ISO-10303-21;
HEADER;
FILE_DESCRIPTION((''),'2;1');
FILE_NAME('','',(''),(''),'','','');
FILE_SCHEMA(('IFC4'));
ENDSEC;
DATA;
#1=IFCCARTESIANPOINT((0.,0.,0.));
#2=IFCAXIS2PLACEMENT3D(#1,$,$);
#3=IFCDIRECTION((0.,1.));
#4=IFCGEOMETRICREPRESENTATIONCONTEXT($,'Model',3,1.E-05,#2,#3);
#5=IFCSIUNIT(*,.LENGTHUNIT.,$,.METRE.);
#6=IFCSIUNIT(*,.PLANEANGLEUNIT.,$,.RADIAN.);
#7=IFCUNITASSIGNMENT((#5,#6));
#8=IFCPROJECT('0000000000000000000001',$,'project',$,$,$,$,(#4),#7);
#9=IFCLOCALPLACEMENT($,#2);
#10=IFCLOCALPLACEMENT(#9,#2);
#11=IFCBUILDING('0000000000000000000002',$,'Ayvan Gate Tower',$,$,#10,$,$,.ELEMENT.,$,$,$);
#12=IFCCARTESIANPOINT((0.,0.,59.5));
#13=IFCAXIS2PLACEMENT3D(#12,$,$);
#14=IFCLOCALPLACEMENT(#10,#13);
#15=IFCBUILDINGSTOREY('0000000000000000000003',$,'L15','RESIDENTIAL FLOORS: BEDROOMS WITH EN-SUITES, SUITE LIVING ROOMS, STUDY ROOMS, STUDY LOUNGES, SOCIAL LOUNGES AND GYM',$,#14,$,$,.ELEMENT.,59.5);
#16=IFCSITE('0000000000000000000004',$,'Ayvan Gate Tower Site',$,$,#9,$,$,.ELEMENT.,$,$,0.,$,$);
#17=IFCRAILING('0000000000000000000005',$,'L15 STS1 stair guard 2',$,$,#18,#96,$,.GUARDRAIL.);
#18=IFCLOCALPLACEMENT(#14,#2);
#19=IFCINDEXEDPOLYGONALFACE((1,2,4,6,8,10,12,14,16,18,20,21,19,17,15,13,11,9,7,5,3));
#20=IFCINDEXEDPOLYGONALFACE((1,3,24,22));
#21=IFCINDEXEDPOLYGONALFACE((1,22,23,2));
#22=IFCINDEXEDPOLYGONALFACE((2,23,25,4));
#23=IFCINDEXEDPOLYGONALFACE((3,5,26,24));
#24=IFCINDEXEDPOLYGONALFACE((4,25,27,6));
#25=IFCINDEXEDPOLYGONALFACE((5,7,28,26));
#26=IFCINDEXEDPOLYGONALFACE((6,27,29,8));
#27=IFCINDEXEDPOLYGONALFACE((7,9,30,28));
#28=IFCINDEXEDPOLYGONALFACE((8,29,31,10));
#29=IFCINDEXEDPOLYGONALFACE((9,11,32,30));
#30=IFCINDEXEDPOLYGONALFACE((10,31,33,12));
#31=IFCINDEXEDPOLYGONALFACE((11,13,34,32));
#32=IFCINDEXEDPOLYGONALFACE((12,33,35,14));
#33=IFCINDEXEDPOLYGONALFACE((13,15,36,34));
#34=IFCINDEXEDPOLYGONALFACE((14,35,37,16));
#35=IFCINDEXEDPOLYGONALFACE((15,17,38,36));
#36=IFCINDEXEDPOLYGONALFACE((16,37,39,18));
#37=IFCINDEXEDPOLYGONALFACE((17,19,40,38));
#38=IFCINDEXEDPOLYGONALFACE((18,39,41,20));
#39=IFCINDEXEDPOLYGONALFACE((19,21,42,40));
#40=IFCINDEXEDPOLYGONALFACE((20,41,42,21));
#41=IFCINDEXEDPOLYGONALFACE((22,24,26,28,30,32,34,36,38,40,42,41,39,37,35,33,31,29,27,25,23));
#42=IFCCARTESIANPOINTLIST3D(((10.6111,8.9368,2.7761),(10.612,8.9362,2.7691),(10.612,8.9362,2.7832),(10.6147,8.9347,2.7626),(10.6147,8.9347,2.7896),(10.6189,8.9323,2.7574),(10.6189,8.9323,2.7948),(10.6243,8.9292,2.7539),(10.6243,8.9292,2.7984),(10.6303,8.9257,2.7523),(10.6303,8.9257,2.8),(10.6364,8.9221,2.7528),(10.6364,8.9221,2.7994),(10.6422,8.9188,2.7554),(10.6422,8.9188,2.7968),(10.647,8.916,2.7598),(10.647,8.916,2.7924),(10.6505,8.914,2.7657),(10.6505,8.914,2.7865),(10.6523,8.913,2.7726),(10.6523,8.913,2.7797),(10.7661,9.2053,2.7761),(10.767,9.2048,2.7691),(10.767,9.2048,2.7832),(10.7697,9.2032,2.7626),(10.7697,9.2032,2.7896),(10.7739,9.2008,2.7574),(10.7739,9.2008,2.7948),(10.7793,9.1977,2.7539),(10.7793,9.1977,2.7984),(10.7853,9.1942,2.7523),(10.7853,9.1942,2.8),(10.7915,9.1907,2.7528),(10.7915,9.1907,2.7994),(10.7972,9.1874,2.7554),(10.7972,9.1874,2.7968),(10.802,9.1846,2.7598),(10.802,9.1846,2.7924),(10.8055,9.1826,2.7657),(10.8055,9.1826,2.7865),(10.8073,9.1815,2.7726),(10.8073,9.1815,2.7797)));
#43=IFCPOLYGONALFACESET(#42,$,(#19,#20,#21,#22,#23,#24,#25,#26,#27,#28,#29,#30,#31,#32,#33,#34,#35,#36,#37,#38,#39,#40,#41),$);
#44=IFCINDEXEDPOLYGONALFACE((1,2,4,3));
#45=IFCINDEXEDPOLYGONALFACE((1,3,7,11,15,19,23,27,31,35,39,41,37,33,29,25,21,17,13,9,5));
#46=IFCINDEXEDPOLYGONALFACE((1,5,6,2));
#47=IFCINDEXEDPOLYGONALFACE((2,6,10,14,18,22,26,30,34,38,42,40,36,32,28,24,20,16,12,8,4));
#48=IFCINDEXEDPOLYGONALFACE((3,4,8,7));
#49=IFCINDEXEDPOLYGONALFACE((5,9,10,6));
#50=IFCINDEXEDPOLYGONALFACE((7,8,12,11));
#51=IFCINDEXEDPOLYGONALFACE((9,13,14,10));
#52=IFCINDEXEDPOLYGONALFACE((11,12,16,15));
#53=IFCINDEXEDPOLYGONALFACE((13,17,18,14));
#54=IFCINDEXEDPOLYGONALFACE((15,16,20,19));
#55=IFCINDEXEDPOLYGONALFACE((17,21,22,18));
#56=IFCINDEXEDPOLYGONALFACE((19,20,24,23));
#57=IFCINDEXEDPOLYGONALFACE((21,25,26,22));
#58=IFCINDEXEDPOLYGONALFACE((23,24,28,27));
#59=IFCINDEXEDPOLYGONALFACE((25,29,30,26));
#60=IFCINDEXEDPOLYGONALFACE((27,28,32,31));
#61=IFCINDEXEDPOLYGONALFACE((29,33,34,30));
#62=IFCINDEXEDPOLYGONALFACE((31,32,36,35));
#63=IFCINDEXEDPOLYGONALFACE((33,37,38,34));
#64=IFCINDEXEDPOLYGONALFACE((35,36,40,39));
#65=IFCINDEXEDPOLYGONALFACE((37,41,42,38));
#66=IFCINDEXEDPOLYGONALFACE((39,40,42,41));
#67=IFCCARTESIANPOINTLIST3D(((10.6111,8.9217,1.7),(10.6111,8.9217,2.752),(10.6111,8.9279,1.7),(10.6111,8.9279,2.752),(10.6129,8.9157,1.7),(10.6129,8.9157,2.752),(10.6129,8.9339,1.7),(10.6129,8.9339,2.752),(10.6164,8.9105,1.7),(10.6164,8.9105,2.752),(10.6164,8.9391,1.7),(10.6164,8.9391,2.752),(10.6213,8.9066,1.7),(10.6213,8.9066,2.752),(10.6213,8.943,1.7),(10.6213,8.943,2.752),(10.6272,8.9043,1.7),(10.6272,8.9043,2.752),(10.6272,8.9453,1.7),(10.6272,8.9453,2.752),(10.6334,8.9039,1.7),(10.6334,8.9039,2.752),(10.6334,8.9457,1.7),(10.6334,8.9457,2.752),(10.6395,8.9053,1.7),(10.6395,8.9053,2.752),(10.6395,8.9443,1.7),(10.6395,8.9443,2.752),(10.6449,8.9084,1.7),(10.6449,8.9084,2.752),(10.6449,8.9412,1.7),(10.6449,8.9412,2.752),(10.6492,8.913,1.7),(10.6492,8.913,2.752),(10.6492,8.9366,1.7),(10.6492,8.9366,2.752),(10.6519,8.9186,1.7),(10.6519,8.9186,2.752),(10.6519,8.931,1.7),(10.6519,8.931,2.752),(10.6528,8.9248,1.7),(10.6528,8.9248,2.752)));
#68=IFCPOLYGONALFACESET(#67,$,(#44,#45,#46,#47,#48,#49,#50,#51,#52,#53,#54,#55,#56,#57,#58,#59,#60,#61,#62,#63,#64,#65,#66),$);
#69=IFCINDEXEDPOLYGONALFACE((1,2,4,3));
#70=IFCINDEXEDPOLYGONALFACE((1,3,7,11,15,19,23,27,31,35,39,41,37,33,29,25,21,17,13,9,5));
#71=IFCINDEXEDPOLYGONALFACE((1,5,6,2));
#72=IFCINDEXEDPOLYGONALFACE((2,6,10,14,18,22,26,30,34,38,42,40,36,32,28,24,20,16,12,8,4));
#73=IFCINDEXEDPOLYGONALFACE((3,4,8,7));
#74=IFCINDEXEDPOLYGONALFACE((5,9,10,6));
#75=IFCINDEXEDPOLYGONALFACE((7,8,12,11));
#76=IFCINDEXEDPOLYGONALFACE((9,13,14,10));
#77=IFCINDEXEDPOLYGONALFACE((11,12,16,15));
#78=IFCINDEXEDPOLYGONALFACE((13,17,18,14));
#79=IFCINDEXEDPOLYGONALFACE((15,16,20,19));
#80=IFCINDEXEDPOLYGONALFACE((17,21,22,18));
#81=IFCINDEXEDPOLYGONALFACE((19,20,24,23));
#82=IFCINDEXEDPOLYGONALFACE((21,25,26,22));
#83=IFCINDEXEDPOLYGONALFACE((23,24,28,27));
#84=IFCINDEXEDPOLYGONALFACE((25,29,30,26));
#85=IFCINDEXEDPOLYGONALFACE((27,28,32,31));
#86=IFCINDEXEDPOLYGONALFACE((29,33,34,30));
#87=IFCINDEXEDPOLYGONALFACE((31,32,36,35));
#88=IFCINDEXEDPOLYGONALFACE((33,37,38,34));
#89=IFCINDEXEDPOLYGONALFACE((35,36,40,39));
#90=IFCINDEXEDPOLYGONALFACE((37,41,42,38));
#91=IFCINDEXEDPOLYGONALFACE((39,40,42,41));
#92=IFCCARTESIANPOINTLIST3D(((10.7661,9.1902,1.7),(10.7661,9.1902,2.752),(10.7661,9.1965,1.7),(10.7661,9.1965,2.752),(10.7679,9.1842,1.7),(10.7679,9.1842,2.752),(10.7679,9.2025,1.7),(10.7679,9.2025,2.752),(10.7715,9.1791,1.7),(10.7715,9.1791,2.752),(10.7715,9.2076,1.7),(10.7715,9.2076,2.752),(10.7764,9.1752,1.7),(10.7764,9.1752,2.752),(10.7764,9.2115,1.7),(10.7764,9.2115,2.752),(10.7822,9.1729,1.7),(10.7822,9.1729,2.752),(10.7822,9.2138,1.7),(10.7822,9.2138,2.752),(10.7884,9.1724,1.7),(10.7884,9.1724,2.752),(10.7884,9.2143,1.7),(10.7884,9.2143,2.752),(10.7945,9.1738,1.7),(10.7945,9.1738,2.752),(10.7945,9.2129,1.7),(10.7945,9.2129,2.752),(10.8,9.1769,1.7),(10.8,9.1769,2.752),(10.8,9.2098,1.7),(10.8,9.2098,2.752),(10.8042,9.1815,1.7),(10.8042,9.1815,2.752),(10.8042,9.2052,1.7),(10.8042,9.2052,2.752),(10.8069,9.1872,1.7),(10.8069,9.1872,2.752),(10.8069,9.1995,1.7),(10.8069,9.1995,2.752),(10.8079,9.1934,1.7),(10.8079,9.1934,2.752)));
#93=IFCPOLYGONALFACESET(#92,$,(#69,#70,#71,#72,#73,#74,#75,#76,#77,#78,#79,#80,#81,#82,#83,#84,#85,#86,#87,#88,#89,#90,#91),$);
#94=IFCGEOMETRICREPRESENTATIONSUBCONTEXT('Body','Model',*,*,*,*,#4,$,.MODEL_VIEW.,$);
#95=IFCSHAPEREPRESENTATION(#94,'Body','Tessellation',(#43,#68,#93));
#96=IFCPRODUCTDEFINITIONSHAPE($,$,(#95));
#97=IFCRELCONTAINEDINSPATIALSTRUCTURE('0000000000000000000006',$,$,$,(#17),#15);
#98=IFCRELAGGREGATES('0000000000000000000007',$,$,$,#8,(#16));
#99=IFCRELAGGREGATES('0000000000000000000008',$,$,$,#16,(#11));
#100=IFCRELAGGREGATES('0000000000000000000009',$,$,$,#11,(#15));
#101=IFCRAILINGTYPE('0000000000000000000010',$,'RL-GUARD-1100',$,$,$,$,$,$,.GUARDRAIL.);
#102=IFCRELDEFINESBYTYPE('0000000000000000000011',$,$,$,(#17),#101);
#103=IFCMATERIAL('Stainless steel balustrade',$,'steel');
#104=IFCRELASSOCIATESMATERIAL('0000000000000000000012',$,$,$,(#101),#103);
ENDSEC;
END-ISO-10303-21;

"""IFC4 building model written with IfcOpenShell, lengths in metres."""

from ifc_helpers import new_model, si_unit, direction, frame, origin, origin_2d, place, context, subcontext, project, spatial, circle, extrude, material, type_object, element, save


model = new_model("IFC4")

# Units and contexts
model_context = context("Model", 3, precision=1e-05, world=origin(), true_north=direction((0.0, 1.0)))
body_context = subcontext(model_context, "Body", "Model", "MODEL_VIEW")
ifc_project = project(units=[si_unit("LENGTHUNIT", "METRE"), si_unit("PLANEANGLEUNIT", "RADIAN")], contexts=[model_context])

# Site, building, storey
site_placement = place(None, origin())
site = spatial("IfcSite", under=ifc_project, at=site_placement, Name="Ayvan Gate Tower Site", CompositionType="ELEMENT", RefElevation=0.0)
building_placement = place(site_placement, origin())
building = spatial("IfcBuilding", under=site, at=building_placement, Name="Ayvan Gate Tower", CompositionType="ELEMENT")
storey_placement = place(building_placement, frame((0.0, 0.0, 59.5)))
storey = spatial("IfcBuildingStorey", under=building, at=storey_placement, Name="L15", Description="RESIDENTIAL FLOORS: BEDROOMS WITH EN-SUITES, SUITE LIVING ROOMS, STUDY ROOMS, STUDY LOUNGES, SOCIAL LOUNGES AND GYM", CompositionType="ELEMENT", Elevation=59.5)

# Railing
ifc_material_1 = material(Name="Stainless steel balustrade", Category="steel")
railing_type_1 = type_object("IfcRailingType", Name="RL-GUARD-1100", PredefinedType="GUARDRAIL", material=ifc_material_1)
railing_1_placement = place(storey_placement, frame((10.6318, 8.9248, 1.7)))
element("IfcRailing", 1, at=railing_1_placement, inside=storey, type_object=railing_type_1, Name="L15 STS1 stair guard 2", PredefinedType="GUARDRAIL", context=body_context, shape_type="SweptSolid", body=[
    extrude(circle(Radius=0.0239, at=origin_2d()), frame((0.0, 0.0, 1.0762), z_axis=(0.49995, 0.866054, 0.0), x_axis=(-0.866054, 0.49995, 0.0)), (0.0, 0.0, 1.0), 0.3101),
    extrude(circle(Radius=0.021, at=origin_2d()), origin(), (0.0, 0.0, 1.0), 1.052),
    extrude(circle(Radius=0.021, at=origin_2d()), frame((0.155, 0.2686, 0.0)), (0.0, 0.0, 1.0), 1.052),
])

save(model, "model.ifc")
